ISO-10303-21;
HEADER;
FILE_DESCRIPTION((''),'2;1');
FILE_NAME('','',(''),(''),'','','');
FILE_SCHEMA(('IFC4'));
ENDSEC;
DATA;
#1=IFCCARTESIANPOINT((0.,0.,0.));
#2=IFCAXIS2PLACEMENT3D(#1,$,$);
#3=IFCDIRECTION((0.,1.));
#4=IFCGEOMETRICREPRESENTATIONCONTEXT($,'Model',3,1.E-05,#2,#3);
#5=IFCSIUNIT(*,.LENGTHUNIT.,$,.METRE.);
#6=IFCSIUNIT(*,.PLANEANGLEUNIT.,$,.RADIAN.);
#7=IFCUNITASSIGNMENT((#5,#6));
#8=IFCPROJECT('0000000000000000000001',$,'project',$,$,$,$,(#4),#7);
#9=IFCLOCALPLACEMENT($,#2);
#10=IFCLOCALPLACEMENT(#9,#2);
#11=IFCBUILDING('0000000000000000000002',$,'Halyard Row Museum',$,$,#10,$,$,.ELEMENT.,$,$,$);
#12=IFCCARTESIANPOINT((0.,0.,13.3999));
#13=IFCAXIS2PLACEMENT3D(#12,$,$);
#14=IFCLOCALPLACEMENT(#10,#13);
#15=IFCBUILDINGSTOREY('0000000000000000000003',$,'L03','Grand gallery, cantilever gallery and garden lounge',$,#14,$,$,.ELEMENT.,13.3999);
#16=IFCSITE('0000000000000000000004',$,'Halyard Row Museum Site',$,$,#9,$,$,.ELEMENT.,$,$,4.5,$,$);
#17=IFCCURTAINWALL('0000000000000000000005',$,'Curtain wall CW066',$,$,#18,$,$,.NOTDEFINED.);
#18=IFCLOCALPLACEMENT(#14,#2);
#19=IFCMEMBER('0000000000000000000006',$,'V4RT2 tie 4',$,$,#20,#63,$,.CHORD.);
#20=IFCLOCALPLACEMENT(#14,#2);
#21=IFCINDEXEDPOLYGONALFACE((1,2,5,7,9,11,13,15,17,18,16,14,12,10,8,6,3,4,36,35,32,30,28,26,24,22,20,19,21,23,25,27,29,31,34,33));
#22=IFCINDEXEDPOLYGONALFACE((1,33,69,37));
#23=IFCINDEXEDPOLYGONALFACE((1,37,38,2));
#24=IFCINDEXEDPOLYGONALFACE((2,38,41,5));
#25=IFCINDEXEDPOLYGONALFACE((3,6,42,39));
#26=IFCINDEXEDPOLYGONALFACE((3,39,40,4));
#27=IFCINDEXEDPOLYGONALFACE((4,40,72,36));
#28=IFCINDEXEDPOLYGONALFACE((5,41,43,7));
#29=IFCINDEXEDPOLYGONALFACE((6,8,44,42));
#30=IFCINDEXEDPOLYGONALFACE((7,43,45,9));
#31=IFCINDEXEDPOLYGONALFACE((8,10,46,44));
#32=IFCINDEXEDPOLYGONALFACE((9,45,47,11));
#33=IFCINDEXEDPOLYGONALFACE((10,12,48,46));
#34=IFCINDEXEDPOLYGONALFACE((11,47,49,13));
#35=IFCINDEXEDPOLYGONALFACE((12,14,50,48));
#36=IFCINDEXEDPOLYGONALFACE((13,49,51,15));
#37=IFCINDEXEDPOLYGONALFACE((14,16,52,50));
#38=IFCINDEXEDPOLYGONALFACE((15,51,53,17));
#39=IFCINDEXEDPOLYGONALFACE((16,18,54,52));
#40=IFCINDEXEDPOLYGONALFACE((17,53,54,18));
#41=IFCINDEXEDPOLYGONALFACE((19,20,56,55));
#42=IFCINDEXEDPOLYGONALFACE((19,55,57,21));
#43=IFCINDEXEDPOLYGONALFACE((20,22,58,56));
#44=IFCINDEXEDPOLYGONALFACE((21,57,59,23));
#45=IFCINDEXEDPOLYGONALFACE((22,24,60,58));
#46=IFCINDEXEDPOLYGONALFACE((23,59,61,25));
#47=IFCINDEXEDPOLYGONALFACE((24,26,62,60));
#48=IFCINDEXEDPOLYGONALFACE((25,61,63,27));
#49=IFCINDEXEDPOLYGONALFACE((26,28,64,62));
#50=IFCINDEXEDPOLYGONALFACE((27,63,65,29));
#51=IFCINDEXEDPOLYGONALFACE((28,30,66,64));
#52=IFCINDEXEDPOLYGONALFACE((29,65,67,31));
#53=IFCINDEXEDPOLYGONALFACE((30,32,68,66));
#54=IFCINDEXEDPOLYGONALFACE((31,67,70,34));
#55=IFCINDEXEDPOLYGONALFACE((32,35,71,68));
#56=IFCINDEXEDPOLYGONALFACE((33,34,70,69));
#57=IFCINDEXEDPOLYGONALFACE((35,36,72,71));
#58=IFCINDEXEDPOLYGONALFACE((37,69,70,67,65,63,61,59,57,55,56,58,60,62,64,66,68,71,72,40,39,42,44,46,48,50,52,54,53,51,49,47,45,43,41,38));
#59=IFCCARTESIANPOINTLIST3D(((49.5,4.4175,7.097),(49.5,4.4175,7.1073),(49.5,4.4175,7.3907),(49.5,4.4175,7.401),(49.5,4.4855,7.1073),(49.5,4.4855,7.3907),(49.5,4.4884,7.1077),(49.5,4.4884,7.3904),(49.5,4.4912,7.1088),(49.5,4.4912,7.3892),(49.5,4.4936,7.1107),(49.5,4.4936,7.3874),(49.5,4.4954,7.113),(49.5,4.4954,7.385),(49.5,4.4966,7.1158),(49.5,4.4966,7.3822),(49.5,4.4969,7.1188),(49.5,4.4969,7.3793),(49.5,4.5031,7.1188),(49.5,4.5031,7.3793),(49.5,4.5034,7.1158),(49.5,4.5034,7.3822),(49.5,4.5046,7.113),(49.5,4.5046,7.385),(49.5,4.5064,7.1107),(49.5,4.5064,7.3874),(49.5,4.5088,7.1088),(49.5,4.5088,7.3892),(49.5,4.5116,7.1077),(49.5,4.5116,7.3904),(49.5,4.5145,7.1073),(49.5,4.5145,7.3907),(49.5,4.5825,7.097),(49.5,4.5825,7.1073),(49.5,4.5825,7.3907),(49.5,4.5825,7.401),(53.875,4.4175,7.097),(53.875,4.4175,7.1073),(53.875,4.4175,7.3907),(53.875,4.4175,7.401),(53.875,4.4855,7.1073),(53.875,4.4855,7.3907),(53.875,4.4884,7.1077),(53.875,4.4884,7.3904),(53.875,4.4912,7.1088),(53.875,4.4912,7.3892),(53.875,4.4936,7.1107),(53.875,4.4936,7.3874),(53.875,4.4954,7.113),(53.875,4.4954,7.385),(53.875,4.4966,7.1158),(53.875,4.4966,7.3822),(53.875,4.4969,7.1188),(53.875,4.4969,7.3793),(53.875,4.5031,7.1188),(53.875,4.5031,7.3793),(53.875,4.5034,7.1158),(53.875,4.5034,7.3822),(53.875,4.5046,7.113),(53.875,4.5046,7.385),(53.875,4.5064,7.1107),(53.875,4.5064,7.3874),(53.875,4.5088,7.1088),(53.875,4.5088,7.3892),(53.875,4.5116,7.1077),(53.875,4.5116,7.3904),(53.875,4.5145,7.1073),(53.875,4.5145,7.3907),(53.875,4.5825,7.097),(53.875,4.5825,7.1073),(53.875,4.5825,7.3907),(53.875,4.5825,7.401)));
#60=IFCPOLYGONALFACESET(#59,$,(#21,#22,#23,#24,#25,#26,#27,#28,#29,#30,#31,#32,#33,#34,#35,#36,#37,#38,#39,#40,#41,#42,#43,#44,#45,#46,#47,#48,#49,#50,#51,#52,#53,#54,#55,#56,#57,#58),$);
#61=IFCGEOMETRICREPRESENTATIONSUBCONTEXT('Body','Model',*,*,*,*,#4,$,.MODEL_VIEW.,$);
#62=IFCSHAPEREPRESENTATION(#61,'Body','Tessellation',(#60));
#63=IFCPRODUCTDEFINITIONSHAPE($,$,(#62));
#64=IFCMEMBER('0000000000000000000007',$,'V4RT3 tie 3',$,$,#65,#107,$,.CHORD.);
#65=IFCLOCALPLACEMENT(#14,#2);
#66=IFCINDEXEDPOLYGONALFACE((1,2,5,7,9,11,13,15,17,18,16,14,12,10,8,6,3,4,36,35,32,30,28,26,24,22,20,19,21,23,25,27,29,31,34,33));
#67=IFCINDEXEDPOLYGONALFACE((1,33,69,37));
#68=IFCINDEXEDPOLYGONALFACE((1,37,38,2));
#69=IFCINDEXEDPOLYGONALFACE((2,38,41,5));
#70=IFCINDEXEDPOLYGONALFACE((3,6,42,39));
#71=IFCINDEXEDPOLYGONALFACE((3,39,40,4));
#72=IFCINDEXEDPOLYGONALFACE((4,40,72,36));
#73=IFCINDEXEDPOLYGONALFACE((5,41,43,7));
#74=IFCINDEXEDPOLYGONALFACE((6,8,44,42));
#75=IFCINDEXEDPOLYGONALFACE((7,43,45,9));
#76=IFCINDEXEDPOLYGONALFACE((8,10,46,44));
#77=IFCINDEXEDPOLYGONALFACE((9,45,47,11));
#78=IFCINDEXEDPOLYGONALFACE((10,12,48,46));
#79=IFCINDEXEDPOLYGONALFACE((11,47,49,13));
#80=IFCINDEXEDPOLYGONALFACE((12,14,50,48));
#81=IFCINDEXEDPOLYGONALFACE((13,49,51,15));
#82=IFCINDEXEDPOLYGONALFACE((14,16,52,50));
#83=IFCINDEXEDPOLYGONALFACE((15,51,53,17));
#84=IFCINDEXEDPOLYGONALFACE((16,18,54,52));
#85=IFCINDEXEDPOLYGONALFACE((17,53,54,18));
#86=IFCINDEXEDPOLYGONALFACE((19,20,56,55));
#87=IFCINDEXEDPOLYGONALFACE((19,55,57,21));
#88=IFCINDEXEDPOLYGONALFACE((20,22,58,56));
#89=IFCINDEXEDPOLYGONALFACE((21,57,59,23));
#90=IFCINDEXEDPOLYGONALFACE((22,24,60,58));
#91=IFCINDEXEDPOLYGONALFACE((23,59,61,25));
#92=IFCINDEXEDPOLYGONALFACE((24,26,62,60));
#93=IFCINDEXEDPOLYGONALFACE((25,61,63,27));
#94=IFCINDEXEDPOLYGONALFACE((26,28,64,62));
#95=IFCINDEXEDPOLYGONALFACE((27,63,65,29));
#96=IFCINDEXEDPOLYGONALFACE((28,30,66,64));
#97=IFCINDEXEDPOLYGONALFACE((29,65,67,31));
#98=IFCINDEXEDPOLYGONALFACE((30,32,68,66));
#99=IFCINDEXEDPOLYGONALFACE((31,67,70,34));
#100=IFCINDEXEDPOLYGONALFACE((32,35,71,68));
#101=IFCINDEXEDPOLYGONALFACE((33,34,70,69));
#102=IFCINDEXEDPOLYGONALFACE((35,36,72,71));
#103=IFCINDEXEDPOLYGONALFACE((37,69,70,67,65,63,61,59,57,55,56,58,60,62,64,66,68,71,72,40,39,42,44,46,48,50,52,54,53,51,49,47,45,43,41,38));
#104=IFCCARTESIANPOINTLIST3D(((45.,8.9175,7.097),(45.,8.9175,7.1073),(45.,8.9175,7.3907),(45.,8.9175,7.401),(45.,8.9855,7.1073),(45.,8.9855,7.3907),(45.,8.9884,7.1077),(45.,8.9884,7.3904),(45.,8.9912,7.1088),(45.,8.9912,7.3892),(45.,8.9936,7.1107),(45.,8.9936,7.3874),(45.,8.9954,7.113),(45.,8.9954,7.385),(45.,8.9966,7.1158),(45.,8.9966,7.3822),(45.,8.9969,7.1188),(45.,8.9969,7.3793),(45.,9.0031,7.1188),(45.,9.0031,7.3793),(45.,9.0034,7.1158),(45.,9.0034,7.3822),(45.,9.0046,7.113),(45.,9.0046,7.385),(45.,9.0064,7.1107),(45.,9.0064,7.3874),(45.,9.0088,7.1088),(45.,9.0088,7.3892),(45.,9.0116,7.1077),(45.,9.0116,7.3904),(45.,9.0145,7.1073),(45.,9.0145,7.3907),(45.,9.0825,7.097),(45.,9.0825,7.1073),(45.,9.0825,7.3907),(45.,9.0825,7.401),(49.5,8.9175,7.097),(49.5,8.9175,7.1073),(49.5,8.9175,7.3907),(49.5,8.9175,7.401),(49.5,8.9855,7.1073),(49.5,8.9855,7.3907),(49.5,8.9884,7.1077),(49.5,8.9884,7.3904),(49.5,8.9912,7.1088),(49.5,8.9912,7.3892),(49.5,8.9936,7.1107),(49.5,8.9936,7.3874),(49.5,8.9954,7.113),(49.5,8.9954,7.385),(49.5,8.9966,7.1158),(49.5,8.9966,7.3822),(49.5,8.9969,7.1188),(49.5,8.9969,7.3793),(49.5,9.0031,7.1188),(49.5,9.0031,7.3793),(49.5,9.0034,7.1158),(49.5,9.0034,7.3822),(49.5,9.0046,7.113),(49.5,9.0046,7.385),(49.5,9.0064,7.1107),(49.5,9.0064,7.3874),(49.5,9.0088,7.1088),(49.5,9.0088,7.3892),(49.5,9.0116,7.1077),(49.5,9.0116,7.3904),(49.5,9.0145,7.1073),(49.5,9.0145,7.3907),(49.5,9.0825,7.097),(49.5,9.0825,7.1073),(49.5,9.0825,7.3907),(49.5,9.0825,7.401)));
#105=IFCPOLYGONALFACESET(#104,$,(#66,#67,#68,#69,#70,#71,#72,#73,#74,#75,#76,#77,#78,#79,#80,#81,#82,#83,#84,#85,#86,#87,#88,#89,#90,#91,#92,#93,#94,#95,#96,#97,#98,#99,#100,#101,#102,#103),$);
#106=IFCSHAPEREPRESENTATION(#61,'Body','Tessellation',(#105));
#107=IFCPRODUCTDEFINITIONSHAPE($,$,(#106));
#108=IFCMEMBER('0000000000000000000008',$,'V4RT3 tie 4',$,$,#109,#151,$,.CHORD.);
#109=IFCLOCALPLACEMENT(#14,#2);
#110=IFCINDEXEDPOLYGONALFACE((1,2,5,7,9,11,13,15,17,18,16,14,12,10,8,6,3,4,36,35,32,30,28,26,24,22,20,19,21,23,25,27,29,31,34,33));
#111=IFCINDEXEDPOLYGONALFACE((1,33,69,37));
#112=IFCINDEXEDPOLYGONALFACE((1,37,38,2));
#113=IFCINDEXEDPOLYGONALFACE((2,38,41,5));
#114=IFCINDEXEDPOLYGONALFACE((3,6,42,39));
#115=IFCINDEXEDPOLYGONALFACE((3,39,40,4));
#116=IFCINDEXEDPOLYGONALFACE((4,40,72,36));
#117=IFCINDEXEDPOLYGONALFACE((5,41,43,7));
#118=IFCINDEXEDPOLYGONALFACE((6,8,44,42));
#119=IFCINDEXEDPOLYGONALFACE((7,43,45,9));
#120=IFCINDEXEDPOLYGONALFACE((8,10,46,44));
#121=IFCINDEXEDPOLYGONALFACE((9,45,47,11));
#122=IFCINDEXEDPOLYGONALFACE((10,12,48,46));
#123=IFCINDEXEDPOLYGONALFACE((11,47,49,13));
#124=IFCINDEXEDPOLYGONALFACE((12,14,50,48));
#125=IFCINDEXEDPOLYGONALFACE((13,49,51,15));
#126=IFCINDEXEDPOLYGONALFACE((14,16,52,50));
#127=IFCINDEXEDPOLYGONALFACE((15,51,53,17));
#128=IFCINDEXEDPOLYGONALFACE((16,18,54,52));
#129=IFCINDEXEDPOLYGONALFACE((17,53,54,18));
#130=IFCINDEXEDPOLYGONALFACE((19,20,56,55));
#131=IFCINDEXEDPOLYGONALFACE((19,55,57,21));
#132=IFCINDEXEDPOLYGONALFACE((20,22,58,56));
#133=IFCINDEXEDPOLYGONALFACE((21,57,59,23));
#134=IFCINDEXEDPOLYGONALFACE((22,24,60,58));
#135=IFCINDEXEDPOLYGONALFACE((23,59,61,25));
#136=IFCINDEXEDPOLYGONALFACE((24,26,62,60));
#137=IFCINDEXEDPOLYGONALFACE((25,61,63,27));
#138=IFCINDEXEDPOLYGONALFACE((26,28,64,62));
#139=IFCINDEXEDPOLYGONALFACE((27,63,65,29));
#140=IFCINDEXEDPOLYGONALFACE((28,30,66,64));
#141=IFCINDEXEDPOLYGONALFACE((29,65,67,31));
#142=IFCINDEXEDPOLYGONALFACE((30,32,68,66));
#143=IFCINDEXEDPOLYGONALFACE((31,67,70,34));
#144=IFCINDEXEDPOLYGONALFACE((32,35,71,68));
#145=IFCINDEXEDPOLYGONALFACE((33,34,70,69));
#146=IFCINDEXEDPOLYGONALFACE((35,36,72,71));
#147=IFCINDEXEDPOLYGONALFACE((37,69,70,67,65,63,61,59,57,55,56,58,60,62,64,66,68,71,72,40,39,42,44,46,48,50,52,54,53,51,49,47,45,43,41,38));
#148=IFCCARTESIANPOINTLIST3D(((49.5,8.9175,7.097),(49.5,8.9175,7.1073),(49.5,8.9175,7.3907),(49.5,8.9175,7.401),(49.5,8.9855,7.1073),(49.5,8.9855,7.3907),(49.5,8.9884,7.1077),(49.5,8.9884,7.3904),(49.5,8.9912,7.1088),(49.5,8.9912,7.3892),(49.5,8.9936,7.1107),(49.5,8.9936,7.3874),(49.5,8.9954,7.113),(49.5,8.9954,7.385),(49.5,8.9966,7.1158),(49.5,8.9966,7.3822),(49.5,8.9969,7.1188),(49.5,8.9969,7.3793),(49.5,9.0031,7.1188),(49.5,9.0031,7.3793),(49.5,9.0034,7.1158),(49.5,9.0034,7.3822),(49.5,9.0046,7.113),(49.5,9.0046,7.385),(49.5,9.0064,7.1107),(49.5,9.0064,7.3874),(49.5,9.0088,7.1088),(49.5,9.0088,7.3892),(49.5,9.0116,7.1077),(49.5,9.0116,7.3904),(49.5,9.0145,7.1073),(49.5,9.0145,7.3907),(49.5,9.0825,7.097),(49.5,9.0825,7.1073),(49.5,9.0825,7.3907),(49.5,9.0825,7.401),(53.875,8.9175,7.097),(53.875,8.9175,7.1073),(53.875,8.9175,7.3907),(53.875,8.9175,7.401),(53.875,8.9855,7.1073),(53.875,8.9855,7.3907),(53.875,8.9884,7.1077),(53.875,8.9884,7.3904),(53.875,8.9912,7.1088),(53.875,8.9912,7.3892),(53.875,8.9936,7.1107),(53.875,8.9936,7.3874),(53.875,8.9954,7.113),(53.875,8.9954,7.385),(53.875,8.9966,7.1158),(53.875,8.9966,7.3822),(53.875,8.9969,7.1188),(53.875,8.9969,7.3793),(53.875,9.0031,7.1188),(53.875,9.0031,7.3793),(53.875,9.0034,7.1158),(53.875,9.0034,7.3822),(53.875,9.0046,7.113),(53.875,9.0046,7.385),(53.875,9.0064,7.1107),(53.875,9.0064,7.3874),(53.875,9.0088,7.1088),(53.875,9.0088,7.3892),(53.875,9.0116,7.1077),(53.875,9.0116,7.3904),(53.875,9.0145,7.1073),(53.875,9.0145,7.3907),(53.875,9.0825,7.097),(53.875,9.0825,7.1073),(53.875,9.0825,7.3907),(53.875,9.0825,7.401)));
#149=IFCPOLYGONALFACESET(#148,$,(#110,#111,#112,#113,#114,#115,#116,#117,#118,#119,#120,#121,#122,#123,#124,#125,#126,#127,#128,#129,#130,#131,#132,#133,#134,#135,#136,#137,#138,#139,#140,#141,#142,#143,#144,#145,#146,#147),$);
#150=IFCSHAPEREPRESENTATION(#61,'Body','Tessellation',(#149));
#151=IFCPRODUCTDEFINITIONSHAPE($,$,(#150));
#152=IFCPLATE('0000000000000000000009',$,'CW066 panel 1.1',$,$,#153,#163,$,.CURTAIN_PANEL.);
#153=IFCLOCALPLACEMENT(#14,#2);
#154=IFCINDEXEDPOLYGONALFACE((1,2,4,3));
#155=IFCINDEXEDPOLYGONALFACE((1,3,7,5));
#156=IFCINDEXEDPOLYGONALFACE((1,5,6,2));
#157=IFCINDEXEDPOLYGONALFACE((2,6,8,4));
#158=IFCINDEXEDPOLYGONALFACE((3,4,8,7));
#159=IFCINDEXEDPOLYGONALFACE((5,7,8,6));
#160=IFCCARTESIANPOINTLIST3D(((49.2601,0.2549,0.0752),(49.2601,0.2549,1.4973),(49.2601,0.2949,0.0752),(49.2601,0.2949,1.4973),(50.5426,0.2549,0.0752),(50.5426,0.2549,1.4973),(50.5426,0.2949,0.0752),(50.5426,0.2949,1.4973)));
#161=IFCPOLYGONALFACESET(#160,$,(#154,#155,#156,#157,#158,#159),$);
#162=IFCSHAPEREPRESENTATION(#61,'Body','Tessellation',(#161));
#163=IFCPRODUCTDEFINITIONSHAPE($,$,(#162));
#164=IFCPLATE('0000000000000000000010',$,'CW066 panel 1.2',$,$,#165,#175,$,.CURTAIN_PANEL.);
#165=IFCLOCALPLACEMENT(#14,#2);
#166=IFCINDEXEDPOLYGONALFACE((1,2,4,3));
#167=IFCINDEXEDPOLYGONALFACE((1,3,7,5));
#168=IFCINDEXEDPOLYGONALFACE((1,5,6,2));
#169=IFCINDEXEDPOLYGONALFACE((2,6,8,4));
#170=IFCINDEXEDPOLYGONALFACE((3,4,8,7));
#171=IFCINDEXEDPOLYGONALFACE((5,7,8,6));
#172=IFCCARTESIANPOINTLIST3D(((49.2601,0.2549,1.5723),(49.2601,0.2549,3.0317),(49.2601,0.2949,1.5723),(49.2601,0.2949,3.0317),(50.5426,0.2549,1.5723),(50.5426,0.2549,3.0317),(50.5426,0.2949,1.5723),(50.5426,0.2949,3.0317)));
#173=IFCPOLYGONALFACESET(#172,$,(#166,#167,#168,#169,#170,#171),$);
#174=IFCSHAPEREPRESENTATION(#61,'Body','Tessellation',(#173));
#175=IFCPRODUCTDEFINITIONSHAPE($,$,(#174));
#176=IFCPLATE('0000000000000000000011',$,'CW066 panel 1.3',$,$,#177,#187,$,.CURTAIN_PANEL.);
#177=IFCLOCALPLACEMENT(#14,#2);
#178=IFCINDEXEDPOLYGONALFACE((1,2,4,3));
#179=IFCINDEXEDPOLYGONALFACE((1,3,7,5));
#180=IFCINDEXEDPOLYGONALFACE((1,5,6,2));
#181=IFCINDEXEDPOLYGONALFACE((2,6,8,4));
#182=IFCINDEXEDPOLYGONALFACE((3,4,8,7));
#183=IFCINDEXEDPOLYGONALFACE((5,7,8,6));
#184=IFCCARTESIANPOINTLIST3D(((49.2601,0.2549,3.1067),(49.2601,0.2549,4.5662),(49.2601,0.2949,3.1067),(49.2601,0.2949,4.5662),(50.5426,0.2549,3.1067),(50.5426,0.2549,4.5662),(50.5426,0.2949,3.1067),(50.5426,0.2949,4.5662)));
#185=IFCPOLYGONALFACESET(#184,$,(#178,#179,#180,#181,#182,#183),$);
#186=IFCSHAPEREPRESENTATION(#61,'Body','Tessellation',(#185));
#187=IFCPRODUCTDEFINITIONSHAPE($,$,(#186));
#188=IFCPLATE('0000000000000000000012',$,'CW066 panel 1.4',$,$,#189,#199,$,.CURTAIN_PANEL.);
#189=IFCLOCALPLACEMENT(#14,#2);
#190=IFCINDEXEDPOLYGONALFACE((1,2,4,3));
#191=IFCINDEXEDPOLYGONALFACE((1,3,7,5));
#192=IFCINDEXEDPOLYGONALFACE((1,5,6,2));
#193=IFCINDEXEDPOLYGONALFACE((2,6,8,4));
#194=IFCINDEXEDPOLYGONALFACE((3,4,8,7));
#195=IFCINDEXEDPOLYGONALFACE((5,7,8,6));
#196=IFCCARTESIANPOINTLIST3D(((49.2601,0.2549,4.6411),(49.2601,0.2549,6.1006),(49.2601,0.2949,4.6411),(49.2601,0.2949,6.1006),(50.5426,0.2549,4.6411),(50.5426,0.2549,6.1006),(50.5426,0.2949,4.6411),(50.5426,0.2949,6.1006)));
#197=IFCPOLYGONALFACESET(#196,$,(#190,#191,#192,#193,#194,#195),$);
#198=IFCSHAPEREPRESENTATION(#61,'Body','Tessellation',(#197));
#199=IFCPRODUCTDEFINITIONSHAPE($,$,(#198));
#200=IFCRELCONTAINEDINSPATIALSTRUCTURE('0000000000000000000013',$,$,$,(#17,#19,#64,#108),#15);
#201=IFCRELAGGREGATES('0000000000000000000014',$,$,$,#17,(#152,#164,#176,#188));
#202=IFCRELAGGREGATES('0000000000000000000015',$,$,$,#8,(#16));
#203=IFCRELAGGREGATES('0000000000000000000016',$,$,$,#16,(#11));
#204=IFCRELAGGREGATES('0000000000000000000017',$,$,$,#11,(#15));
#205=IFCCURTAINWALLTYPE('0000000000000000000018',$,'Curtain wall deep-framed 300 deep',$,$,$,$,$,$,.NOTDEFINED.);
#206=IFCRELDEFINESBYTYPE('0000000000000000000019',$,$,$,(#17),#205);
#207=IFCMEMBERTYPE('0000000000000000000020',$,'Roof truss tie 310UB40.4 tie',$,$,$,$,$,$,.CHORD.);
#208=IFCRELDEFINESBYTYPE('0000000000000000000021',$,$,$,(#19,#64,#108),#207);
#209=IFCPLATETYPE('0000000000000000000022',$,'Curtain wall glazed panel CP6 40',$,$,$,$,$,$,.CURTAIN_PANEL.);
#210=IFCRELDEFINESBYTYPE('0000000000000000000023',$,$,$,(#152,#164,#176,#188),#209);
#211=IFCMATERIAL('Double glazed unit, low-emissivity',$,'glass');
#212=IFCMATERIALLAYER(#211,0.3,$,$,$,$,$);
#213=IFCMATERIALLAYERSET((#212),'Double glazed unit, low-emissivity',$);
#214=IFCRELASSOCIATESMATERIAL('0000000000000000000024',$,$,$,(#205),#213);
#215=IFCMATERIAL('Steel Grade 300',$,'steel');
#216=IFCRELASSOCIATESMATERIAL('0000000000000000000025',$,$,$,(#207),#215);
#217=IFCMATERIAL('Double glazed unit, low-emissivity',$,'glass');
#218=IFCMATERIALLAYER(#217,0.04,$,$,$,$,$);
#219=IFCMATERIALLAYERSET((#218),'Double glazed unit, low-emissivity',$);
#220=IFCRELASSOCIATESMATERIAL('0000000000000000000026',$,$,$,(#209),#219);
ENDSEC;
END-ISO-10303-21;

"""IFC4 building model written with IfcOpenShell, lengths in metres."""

from ifc_helpers import new_model, si_unit, direction, frame, origin, origin_2d, place, context, subcontext, project, spatial, rectangle, i_section, extrude, material, layer, layer_set, material_profile, profile_set, type_object, element, aggregate, save


model = new_model("IFC4")

# Units and contexts
model_context = context("Model", 3, precision=1e-05, world=origin(), true_north=direction((0.0, 1.0)))
body_context = subcontext(model_context, "Body", "Model", "MODEL_VIEW")
ifc_project = project(units=[si_unit("LENGTHUNIT", "METRE"), si_unit("PLANEANGLEUNIT", "RADIAN")], contexts=[model_context])

# Site, building, storey
site_placement = place(None, origin())
site = spatial("IfcSite", under=ifc_project, at=site_placement, Name="Halyard Row Museum Site", CompositionType="ELEMENT", RefElevation=4.5)
building_placement = place(site_placement, origin())
building = spatial("IfcBuilding", under=site, at=building_placement, Name="Halyard Row Museum", CompositionType="ELEMENT")
storey_placement = place(building_placement, frame((0.0, 0.0, 13.3999)))
storey = spatial("IfcBuildingStorey", under=building, at=storey_placement, Name="L03", Description="Grand gallery, cantilever gallery and garden lounge", CompositionType="ELEMENT", Elevation=13.3999)

# Curtain wall
ifc_material_1 = material(Name="Double glazed unit, low-emissivity", Category="glass")
ifc_layer_1 = layer(ifc_material_1, 0.3)
ifc_layer_set_1 = layer_set([ifc_layer_1], Name="Double glazed unit, low-emissivity")
curtain_wall_type = type_object("IfcCurtainWallType", Name="Curtain wall deep-framed 300 deep", PredefinedType="NOTDEFINED", material=ifc_layer_set_1)
curtain_wall_placement = place(storey_placement, origin())
curtain_wall = element("IfcCurtainWall", 1, at=curtain_wall_placement, inside=storey, type_object=curtain_wall_type, Name="Curtain wall CW066", PredefinedType="NOTDEFINED")

# Members
ifc_material_2 = material(Name="Steel Grade 300", Category="steel")
ifc_material_profile_1 = material_profile(ifc_material_2, i_section(OverallWidth=0.165, OverallDepth=0.304, WebThickness=0.0061, FlangeThickness=0.0103, FilletRadius=0.0115, at=origin_2d()), Name="310UB40.4")
ifc_profile_set_1 = profile_set([ifc_material_profile_1], Name="Steel Grade 300")
member_type_1 = type_object("IfcMemberType", Name="Roof truss tie 310UB40.4 tie", PredefinedType="CHORD", material=ifc_profile_set_1)
member_1_placement = place(storey_placement, frame((49.5, 4.5, 7.249), z_axis=(1.0, 0.0, 0.0), x_axis=(0.0, 1.0, 0.0)))
element("IfcMember", 2, at=member_1_placement, inside=storey, type_object=member_type_1, Name="V4RT2 tie 4", PredefinedType="CHORD", context=body_context, shape_type="SweptSolid", body=[
    extrude(i_section(OverallWidth=0.165, OverallDepth=0.304, WebThickness=0.0061, FlangeThickness=0.0103, FilletRadius=0.0115, at=origin_2d()), origin(), (0.0, 0.0, 1.0), 4.375),
])
member_2_placement = place(storey_placement, frame((45.0, 9.0, 7.249), z_axis=(1.0, 0.0, 0.0), x_axis=(0.0, 1.0, 0.0)))
element("IfcMember", 3, at=member_2_placement, inside=storey, type_object=member_type_1, Name="V4RT3 tie 3", PredefinedType="CHORD", context=body_context, shape_type="SweptSolid", body=[
    extrude(i_section(OverallWidth=0.165, OverallDepth=0.304, WebThickness=0.0061, FlangeThickness=0.0103, FilletRadius=0.0115, at=origin_2d()), origin(), (0.0, 0.0, 1.0), 4.5),
])
member_3_placement = place(storey_placement, frame((49.5, 9.0, 7.249), z_axis=(1.0, 0.0, 0.0), x_axis=(0.0, 1.0, 0.0)))
element("IfcMember", 4, at=member_3_placement, inside=storey, type_object=member_type_1, Name="V4RT3 tie 4", PredefinedType="CHORD", context=body_context, shape_type="SweptSolid", body=[
    extrude(i_section(OverallWidth=0.165, OverallDepth=0.304, WebThickness=0.0061, FlangeThickness=0.0103, FilletRadius=0.0115, at=origin_2d()), origin(), (0.0, 0.0, 1.0), 4.375),
])

# Plates
ifc_material_3 = material(Name="Double glazed unit, low-emissivity", Category="glass")
ifc_layer_2 = layer(ifc_material_3, 0.04)
ifc_layer_set_2 = layer_set([ifc_layer_2], Name="Double glazed unit, low-emissivity")
plate_type = type_object("IfcPlateType", Name="Curtain wall glazed panel CP6 40", PredefinedType="CURTAIN_PANEL", material=ifc_layer_set_2)
plate_1_placement = place(storey_placement, frame((49.9014, 0.2749, 0.0752), z_axis=(0.0, 0.0, 1.0), x_axis=(1.0, 0.0, 0.0)))
plate_1 = element("IfcPlate", 5, at=plate_1_placement, type_object=plate_type, Name="CW066 panel 1.1", PredefinedType="CURTAIN_PANEL", context=body_context, shape_type="SweptSolid", body=[
    extrude(rectangle(XDim=1.2825, YDim=0.04, at=origin_2d()), origin(), (0.0, 0.0, 1.0), 1.4221),
])
plate_2_placement = place(storey_placement, frame((49.9014, 0.2749, 1.5723), z_axis=(0.0, 0.0, 1.0), x_axis=(1.0, 0.0, 0.0)))
plate_2 = element("IfcPlate", 6, at=plate_2_placement, type_object=plate_type, Name="CW066 panel 1.2", PredefinedType="CURTAIN_PANEL", context=body_context, shape_type="SweptSolid", body=[
    extrude(rectangle(XDim=1.2825, YDim=0.04, at=origin_2d()), origin(), (0.0, 0.0, 1.0), 1.4595),
])
plate_3_placement = place(storey_placement, frame((49.9014, 0.2749, 3.1067), z_axis=(0.0, 0.0, 1.0), x_axis=(1.0, 0.0, 0.0)))
plate_3 = element("IfcPlate", 7, at=plate_3_placement, type_object=plate_type, Name="CW066 panel 1.3", PredefinedType="CURTAIN_PANEL", context=body_context, shape_type="SweptSolid", body=[
    extrude(rectangle(XDim=1.2825, YDim=0.04, at=origin_2d()), origin(), (0.0, 0.0, 1.0), 1.4595),
])
plate_4_placement = place(storey_placement, frame((49.9014, 0.2749, 4.6411), z_axis=(0.0, 0.0, 1.0), x_axis=(1.0, 0.0, 0.0)))
plate_4 = element("IfcPlate", 8, at=plate_4_placement, type_object=plate_type, Name="CW066 panel 1.4", PredefinedType="CURTAIN_PANEL", context=body_context, shape_type="SweptSolid", body=[
    extrude(rectangle(XDim=1.2825, YDim=0.04, at=origin_2d()), origin(), (0.0, 0.0, 1.0), 1.4595),
])
aggregate(curtain_wall, [plate_1, plate_2, plate_3, plate_4])

save(model, "model.ifc")
